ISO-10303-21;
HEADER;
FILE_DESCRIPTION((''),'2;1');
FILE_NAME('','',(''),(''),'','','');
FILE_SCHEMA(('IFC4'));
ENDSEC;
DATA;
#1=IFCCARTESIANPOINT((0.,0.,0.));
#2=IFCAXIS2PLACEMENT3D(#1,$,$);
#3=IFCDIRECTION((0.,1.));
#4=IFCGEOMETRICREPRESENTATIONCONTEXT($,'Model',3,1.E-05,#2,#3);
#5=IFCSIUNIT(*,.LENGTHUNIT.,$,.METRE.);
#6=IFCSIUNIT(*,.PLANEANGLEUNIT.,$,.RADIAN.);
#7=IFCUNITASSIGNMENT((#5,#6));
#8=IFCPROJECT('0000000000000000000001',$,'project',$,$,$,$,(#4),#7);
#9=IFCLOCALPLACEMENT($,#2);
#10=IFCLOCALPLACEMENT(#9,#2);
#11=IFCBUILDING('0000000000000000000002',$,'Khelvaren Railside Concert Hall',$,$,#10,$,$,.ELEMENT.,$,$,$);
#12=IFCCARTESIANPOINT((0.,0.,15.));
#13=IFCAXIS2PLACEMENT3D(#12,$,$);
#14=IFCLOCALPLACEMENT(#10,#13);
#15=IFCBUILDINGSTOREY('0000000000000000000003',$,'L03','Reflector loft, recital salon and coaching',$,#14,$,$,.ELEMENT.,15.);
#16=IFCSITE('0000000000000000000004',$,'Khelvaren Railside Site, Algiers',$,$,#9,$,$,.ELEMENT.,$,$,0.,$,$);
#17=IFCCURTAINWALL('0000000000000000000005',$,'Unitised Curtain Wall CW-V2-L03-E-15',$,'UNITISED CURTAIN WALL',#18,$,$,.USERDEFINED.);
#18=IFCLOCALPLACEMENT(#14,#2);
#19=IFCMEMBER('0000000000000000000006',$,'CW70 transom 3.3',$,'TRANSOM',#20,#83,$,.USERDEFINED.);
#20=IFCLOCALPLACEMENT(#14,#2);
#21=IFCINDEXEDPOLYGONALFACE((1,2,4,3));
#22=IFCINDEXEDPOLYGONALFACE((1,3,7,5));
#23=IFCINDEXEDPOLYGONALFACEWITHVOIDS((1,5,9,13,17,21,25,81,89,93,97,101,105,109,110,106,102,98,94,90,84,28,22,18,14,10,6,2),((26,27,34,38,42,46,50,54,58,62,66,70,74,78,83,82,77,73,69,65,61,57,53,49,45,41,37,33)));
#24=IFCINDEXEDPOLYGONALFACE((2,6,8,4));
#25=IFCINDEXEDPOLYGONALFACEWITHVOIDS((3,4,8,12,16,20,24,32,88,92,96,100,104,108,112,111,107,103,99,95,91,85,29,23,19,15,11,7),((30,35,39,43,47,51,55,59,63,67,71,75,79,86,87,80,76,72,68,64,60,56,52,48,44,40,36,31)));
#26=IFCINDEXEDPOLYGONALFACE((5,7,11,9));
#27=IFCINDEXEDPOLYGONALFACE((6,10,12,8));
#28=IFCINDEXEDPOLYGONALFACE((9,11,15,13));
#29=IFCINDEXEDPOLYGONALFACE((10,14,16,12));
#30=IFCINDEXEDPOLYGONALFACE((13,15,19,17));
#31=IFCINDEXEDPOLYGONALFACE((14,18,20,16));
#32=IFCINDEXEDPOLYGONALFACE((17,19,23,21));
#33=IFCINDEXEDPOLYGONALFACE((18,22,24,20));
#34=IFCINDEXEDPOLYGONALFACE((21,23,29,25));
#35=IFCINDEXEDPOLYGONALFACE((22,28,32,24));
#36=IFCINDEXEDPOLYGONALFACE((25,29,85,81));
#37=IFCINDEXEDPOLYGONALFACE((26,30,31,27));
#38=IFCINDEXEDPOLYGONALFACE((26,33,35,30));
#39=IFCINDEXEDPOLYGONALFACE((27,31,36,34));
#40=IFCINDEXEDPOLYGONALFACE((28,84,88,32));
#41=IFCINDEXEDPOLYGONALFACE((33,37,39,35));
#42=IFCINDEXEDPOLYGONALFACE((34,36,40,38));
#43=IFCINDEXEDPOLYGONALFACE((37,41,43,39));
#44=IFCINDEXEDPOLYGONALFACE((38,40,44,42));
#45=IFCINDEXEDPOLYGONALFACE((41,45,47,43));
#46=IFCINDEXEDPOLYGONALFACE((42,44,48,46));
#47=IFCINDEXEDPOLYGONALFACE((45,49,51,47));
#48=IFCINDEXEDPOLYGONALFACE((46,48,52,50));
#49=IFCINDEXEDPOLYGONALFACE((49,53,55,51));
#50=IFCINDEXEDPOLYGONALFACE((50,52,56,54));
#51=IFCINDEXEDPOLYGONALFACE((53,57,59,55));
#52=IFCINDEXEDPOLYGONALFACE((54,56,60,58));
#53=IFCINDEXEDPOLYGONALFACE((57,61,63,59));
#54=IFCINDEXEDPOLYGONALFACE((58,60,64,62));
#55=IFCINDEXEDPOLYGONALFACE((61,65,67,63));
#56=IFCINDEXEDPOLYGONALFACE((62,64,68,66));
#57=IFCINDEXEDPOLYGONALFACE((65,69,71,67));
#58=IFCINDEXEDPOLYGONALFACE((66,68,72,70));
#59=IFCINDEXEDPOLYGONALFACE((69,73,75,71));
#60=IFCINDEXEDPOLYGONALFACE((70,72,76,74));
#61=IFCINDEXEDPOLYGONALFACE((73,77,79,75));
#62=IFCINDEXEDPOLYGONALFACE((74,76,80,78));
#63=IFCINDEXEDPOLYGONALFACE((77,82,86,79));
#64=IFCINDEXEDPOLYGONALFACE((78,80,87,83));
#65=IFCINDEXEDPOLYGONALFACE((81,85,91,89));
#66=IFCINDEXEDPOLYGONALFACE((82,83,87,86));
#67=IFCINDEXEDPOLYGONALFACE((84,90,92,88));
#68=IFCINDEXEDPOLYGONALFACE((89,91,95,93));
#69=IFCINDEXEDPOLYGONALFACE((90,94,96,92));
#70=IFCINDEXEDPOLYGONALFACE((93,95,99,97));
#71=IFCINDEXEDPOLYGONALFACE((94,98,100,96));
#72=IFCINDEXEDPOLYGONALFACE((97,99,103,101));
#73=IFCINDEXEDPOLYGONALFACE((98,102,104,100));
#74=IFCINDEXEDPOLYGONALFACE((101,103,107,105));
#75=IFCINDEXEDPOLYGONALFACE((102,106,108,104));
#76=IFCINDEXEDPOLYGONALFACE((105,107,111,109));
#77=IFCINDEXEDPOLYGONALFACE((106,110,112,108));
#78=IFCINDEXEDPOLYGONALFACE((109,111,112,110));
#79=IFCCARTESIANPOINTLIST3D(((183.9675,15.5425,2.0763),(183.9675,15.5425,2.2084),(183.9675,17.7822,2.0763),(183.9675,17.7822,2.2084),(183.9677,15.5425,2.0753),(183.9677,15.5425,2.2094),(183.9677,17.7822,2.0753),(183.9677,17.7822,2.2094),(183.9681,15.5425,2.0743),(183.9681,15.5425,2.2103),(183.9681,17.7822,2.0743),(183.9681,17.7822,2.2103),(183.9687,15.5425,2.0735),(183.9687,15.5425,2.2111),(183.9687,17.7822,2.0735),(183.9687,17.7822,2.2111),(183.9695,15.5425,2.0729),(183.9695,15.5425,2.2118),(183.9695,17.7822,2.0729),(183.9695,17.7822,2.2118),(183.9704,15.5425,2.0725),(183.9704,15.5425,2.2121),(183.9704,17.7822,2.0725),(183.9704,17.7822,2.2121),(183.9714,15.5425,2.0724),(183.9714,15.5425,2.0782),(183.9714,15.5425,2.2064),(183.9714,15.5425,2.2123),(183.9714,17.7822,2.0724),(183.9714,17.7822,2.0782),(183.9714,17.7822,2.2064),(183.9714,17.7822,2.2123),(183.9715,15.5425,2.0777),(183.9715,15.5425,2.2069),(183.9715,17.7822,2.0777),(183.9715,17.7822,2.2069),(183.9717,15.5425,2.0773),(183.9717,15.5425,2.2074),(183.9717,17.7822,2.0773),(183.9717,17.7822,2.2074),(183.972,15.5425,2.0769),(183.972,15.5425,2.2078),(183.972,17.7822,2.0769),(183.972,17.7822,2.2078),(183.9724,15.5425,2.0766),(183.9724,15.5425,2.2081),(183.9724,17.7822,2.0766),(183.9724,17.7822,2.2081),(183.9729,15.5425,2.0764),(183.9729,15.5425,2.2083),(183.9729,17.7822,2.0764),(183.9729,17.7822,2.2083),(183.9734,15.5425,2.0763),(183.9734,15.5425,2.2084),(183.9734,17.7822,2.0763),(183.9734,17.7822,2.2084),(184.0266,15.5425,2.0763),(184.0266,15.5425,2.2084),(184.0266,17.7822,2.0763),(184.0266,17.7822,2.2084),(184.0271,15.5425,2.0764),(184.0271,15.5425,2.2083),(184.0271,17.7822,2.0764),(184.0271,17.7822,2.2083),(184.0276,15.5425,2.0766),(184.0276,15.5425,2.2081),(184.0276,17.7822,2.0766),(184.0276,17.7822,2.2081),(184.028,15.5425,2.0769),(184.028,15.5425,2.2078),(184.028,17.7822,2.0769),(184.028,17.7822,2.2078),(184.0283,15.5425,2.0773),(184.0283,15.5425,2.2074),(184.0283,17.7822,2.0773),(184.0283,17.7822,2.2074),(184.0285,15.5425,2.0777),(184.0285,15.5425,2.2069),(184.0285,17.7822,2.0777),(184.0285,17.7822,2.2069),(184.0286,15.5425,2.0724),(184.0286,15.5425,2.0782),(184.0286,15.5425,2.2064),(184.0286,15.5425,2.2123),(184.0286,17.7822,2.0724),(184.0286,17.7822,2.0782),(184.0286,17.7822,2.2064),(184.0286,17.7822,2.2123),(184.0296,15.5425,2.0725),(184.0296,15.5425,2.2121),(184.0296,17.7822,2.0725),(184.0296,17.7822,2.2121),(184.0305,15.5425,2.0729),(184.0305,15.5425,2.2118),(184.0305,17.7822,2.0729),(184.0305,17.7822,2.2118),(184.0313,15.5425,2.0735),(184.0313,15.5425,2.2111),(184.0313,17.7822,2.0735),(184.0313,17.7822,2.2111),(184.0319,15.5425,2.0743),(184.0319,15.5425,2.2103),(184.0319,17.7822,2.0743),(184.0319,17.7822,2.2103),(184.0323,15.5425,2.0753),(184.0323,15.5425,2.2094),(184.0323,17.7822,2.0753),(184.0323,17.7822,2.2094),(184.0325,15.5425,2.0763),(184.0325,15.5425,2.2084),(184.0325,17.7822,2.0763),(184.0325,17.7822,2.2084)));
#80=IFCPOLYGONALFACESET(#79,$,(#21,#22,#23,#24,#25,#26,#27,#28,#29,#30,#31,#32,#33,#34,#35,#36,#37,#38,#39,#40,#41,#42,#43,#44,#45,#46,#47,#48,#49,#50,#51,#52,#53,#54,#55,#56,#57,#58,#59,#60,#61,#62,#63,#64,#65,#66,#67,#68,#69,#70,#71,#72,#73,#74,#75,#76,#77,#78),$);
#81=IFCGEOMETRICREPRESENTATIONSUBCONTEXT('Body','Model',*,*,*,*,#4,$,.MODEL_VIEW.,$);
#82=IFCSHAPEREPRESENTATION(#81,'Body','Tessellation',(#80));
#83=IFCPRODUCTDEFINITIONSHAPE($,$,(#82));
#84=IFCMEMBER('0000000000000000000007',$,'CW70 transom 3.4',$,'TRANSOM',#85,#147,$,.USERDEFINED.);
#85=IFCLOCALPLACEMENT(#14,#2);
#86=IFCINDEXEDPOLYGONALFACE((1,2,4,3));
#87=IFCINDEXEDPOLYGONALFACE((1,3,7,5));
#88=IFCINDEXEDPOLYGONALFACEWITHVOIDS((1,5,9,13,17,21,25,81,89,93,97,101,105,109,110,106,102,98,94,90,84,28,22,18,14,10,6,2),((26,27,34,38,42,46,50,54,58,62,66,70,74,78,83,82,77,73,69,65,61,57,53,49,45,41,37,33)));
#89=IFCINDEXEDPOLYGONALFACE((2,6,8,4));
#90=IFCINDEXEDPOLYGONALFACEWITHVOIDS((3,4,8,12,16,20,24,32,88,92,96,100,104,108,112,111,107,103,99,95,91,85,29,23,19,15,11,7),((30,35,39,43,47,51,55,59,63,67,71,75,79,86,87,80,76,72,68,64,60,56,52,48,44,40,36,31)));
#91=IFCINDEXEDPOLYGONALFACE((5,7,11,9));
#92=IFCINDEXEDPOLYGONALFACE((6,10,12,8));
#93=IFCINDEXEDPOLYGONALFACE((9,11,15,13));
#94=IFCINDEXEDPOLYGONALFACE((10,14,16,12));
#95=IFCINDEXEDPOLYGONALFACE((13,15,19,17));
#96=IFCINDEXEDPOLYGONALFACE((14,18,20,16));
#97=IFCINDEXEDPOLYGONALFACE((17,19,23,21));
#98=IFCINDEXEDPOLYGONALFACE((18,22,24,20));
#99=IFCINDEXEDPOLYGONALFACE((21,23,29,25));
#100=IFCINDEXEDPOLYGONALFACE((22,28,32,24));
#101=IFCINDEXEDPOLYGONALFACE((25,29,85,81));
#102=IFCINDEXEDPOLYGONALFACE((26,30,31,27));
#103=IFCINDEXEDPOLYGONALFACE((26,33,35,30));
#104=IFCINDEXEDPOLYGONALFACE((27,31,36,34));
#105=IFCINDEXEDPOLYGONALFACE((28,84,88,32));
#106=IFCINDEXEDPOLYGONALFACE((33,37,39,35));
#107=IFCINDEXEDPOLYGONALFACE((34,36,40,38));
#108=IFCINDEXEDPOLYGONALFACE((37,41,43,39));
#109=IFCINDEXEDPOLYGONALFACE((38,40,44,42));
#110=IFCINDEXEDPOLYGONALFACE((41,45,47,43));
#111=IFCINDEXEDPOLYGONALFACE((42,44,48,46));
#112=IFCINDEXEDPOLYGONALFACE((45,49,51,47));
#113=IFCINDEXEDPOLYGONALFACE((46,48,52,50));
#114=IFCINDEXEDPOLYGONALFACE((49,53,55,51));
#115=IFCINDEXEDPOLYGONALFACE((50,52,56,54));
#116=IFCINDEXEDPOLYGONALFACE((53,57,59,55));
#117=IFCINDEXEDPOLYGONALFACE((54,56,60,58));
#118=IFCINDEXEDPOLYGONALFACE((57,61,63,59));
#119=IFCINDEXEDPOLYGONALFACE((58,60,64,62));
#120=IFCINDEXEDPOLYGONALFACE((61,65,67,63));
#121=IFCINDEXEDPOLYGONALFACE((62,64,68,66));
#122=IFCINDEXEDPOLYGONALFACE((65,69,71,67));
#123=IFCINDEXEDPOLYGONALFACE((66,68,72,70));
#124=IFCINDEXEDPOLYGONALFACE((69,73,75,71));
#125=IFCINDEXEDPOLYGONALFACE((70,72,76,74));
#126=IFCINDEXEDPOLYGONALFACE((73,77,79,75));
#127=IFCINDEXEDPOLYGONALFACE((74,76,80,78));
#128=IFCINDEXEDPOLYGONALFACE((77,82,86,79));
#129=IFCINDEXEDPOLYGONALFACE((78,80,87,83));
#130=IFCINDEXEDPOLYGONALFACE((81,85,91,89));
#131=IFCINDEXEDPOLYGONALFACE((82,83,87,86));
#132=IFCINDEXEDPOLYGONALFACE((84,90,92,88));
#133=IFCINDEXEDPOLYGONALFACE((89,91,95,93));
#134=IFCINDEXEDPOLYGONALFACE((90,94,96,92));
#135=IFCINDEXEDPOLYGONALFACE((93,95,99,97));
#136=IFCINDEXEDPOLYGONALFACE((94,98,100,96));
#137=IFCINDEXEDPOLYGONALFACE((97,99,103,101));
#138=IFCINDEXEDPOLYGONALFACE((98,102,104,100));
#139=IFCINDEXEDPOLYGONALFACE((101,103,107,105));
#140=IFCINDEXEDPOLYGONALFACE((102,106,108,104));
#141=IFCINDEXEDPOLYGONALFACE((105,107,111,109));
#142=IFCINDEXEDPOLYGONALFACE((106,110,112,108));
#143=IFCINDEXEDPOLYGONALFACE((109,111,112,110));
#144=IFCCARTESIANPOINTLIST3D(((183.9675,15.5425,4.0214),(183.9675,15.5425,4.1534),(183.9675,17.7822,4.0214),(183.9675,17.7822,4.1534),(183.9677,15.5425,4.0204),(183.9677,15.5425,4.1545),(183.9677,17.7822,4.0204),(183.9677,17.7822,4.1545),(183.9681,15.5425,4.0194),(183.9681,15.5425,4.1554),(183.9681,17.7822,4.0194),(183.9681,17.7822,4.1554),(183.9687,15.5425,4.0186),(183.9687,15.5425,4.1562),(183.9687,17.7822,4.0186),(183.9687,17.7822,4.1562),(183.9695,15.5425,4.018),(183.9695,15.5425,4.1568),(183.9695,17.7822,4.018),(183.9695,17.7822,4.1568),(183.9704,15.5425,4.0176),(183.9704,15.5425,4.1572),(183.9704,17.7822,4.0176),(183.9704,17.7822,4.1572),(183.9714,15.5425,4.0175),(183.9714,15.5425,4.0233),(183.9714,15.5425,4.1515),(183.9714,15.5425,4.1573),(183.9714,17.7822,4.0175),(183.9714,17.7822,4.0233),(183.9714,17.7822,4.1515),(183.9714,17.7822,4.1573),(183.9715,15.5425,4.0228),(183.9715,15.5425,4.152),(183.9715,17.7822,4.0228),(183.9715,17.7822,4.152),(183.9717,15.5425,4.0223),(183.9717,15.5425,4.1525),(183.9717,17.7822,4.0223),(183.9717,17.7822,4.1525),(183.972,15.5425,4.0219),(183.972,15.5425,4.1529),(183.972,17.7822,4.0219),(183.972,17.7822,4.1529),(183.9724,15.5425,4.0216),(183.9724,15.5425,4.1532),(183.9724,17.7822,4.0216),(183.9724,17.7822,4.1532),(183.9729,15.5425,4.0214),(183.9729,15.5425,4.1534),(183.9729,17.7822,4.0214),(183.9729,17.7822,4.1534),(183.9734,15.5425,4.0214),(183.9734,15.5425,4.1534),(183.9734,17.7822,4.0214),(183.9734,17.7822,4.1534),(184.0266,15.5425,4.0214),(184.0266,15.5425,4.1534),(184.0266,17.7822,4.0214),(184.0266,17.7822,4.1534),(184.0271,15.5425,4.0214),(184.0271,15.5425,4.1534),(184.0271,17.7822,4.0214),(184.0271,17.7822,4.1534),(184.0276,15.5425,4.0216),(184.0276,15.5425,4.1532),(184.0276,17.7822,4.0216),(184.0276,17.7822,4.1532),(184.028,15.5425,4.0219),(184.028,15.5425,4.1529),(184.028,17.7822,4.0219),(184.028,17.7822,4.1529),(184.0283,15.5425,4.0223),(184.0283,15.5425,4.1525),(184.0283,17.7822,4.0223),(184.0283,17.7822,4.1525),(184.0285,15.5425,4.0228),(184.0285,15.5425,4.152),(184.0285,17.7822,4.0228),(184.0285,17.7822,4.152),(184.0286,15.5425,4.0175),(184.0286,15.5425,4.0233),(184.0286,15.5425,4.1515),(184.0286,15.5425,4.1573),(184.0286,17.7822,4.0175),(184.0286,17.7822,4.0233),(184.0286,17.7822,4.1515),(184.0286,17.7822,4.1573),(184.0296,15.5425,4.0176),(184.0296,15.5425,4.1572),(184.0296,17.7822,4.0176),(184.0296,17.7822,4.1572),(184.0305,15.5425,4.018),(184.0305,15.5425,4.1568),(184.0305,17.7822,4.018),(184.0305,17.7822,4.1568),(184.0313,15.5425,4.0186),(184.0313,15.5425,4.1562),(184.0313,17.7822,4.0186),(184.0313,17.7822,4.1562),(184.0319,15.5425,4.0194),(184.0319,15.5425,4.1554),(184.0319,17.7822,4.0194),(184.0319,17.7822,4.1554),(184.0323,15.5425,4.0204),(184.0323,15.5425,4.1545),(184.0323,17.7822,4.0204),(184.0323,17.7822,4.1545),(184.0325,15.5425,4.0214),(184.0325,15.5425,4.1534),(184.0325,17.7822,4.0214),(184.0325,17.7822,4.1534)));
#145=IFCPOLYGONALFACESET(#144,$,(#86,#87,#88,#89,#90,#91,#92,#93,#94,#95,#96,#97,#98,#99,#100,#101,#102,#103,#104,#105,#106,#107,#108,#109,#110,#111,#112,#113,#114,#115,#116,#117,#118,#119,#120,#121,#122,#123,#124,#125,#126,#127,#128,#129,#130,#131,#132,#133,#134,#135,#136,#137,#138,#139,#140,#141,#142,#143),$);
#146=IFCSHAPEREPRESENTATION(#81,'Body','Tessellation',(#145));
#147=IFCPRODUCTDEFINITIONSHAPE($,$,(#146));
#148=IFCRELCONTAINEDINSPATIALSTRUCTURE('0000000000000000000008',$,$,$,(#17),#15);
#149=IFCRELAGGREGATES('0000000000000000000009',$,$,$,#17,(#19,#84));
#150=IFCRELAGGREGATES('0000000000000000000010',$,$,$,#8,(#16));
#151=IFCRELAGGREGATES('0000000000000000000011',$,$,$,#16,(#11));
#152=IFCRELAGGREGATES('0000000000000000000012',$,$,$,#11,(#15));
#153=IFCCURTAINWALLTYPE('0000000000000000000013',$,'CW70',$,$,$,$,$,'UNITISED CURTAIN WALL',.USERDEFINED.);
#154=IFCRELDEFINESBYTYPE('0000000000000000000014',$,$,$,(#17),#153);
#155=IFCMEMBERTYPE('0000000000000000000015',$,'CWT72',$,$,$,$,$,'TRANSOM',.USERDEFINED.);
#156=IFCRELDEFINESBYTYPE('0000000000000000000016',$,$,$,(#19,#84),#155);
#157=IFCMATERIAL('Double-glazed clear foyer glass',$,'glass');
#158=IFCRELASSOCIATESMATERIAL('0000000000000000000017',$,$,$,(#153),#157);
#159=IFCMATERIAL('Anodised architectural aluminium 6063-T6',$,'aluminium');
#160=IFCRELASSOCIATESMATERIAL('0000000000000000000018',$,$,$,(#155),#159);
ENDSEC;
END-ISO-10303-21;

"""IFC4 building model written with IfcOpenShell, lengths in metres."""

from ifc_helpers import new_model, si_unit, direction, frame, origin, origin_2d, place, context, subcontext, project, spatial, hollow_rectangle, extrude, material, material_profile, profile_set, type_object, element, aggregate, save


model = new_model("IFC4")

# Units and contexts
model_context = context("Model", 3, precision=1e-05, world=origin(), true_north=direction((0.0, 1.0)))
body_context = subcontext(model_context, "Body", "Model", "MODEL_VIEW")
ifc_project = project(units=[si_unit("LENGTHUNIT", "METRE"), si_unit("PLANEANGLEUNIT", "RADIAN")], contexts=[model_context])

# Site, building, storey
site_placement = place(None, origin())
site = spatial("IfcSite", under=ifc_project, at=site_placement, Name="Khelvaren Railside Site, Algiers", CompositionType="ELEMENT", RefElevation=0.0)
building_placement = place(site_placement, origin())
building = spatial("IfcBuilding", under=site, at=building_placement, Name="Khelvaren Railside Concert Hall", CompositionType="ELEMENT")
storey_placement = place(building_placement, frame((0.0, 0.0, 15.0)))
storey = spatial("IfcBuildingStorey", under=building, at=storey_placement, Name="L03", Description="Reflector loft, recital salon and coaching", CompositionType="ELEMENT", Elevation=15.0)

# Curtain wall
ifc_material_1 = material(Name="Double-glazed clear foyer glass", Category="glass")
curtain_wall_type_1 = type_object("IfcCurtainWallType", Name="CW70", ElementType="UNITISED CURTAIN WALL", PredefinedType="USERDEFINED", material=ifc_material_1)
curtain_wall_1_placement = place(storey_placement, origin())
curtain_wall_1 = element("IfcCurtainWall", 1, at=curtain_wall_1_placement, inside=storey, type_object=curtain_wall_type_1, Name="Unitised Curtain Wall CW-V2-L03-E-15", ObjectType="UNITISED CURTAIN WALL", PredefinedType="USERDEFINED")
ifc_material_2 = material(Name="Anodised architectural aluminium 6063-T6", Category="aluminium")

# Members
ifc_material_profile_1 = material_profile(ifc_material_2, hollow_rectangle(XDim=0.0649, YDim=0.1399, WallThickness=0.0039, InnerFilletRadius=0.002, OuterFilletRadius=0.0039, at=origin_2d()), Name="CWT 65x140x4")
ifc_profile_set_1 = profile_set([ifc_material_profile_1], Name="Anodised architectural aluminium 6063-T6")
member_type_1 = type_object("IfcMemberType", Name="CWT72", ElementType="TRANSOM", PredefinedType="USERDEFINED", material=ifc_profile_set_1)
member_1_placement = place(storey_placement, frame((184.0, 17.7822, 2.1423), z_axis=(0.0, -1.0, 0.0), x_axis=(1.0, 0.0, 0.0)))
member_1 = element("IfcMember", 2, at=member_1_placement, type_object=member_type_1, Name="CW70 transom 3.3", ObjectType="TRANSOM", PredefinedType="USERDEFINED", context=body_context, shape_type="SweptSolid", body=[
    extrude(hollow_rectangle(XDim=0.0649, YDim=0.1399, WallThickness=0.0039, InnerFilletRadius=0.002, OuterFilletRadius=0.0039, at=origin_2d()), origin(), (0.0, 0.0, 1.0), 2.2397),
])
member_2_placement = place(storey_placement, frame((184.0, 17.7822, 4.0874), z_axis=(0.0, -1.0, 0.0), x_axis=(1.0, 0.0, 0.0)))
member_2 = element("IfcMember", 3, at=member_2_placement, type_object=member_type_1, Name="CW70 transom 3.4", ObjectType="TRANSOM", PredefinedType="USERDEFINED", context=body_context, shape_type="SweptSolid", body=[
    extrude(hollow_rectangle(XDim=0.0649, YDim=0.1399, WallThickness=0.0039, InnerFilletRadius=0.002, OuterFilletRadius=0.0039, at=origin_2d()), origin(), (0.0, 0.0, 1.0), 2.2397),
])

aggregate(curtain_wall_1, [member_1, member_2])

save(model, "model.ifc")
